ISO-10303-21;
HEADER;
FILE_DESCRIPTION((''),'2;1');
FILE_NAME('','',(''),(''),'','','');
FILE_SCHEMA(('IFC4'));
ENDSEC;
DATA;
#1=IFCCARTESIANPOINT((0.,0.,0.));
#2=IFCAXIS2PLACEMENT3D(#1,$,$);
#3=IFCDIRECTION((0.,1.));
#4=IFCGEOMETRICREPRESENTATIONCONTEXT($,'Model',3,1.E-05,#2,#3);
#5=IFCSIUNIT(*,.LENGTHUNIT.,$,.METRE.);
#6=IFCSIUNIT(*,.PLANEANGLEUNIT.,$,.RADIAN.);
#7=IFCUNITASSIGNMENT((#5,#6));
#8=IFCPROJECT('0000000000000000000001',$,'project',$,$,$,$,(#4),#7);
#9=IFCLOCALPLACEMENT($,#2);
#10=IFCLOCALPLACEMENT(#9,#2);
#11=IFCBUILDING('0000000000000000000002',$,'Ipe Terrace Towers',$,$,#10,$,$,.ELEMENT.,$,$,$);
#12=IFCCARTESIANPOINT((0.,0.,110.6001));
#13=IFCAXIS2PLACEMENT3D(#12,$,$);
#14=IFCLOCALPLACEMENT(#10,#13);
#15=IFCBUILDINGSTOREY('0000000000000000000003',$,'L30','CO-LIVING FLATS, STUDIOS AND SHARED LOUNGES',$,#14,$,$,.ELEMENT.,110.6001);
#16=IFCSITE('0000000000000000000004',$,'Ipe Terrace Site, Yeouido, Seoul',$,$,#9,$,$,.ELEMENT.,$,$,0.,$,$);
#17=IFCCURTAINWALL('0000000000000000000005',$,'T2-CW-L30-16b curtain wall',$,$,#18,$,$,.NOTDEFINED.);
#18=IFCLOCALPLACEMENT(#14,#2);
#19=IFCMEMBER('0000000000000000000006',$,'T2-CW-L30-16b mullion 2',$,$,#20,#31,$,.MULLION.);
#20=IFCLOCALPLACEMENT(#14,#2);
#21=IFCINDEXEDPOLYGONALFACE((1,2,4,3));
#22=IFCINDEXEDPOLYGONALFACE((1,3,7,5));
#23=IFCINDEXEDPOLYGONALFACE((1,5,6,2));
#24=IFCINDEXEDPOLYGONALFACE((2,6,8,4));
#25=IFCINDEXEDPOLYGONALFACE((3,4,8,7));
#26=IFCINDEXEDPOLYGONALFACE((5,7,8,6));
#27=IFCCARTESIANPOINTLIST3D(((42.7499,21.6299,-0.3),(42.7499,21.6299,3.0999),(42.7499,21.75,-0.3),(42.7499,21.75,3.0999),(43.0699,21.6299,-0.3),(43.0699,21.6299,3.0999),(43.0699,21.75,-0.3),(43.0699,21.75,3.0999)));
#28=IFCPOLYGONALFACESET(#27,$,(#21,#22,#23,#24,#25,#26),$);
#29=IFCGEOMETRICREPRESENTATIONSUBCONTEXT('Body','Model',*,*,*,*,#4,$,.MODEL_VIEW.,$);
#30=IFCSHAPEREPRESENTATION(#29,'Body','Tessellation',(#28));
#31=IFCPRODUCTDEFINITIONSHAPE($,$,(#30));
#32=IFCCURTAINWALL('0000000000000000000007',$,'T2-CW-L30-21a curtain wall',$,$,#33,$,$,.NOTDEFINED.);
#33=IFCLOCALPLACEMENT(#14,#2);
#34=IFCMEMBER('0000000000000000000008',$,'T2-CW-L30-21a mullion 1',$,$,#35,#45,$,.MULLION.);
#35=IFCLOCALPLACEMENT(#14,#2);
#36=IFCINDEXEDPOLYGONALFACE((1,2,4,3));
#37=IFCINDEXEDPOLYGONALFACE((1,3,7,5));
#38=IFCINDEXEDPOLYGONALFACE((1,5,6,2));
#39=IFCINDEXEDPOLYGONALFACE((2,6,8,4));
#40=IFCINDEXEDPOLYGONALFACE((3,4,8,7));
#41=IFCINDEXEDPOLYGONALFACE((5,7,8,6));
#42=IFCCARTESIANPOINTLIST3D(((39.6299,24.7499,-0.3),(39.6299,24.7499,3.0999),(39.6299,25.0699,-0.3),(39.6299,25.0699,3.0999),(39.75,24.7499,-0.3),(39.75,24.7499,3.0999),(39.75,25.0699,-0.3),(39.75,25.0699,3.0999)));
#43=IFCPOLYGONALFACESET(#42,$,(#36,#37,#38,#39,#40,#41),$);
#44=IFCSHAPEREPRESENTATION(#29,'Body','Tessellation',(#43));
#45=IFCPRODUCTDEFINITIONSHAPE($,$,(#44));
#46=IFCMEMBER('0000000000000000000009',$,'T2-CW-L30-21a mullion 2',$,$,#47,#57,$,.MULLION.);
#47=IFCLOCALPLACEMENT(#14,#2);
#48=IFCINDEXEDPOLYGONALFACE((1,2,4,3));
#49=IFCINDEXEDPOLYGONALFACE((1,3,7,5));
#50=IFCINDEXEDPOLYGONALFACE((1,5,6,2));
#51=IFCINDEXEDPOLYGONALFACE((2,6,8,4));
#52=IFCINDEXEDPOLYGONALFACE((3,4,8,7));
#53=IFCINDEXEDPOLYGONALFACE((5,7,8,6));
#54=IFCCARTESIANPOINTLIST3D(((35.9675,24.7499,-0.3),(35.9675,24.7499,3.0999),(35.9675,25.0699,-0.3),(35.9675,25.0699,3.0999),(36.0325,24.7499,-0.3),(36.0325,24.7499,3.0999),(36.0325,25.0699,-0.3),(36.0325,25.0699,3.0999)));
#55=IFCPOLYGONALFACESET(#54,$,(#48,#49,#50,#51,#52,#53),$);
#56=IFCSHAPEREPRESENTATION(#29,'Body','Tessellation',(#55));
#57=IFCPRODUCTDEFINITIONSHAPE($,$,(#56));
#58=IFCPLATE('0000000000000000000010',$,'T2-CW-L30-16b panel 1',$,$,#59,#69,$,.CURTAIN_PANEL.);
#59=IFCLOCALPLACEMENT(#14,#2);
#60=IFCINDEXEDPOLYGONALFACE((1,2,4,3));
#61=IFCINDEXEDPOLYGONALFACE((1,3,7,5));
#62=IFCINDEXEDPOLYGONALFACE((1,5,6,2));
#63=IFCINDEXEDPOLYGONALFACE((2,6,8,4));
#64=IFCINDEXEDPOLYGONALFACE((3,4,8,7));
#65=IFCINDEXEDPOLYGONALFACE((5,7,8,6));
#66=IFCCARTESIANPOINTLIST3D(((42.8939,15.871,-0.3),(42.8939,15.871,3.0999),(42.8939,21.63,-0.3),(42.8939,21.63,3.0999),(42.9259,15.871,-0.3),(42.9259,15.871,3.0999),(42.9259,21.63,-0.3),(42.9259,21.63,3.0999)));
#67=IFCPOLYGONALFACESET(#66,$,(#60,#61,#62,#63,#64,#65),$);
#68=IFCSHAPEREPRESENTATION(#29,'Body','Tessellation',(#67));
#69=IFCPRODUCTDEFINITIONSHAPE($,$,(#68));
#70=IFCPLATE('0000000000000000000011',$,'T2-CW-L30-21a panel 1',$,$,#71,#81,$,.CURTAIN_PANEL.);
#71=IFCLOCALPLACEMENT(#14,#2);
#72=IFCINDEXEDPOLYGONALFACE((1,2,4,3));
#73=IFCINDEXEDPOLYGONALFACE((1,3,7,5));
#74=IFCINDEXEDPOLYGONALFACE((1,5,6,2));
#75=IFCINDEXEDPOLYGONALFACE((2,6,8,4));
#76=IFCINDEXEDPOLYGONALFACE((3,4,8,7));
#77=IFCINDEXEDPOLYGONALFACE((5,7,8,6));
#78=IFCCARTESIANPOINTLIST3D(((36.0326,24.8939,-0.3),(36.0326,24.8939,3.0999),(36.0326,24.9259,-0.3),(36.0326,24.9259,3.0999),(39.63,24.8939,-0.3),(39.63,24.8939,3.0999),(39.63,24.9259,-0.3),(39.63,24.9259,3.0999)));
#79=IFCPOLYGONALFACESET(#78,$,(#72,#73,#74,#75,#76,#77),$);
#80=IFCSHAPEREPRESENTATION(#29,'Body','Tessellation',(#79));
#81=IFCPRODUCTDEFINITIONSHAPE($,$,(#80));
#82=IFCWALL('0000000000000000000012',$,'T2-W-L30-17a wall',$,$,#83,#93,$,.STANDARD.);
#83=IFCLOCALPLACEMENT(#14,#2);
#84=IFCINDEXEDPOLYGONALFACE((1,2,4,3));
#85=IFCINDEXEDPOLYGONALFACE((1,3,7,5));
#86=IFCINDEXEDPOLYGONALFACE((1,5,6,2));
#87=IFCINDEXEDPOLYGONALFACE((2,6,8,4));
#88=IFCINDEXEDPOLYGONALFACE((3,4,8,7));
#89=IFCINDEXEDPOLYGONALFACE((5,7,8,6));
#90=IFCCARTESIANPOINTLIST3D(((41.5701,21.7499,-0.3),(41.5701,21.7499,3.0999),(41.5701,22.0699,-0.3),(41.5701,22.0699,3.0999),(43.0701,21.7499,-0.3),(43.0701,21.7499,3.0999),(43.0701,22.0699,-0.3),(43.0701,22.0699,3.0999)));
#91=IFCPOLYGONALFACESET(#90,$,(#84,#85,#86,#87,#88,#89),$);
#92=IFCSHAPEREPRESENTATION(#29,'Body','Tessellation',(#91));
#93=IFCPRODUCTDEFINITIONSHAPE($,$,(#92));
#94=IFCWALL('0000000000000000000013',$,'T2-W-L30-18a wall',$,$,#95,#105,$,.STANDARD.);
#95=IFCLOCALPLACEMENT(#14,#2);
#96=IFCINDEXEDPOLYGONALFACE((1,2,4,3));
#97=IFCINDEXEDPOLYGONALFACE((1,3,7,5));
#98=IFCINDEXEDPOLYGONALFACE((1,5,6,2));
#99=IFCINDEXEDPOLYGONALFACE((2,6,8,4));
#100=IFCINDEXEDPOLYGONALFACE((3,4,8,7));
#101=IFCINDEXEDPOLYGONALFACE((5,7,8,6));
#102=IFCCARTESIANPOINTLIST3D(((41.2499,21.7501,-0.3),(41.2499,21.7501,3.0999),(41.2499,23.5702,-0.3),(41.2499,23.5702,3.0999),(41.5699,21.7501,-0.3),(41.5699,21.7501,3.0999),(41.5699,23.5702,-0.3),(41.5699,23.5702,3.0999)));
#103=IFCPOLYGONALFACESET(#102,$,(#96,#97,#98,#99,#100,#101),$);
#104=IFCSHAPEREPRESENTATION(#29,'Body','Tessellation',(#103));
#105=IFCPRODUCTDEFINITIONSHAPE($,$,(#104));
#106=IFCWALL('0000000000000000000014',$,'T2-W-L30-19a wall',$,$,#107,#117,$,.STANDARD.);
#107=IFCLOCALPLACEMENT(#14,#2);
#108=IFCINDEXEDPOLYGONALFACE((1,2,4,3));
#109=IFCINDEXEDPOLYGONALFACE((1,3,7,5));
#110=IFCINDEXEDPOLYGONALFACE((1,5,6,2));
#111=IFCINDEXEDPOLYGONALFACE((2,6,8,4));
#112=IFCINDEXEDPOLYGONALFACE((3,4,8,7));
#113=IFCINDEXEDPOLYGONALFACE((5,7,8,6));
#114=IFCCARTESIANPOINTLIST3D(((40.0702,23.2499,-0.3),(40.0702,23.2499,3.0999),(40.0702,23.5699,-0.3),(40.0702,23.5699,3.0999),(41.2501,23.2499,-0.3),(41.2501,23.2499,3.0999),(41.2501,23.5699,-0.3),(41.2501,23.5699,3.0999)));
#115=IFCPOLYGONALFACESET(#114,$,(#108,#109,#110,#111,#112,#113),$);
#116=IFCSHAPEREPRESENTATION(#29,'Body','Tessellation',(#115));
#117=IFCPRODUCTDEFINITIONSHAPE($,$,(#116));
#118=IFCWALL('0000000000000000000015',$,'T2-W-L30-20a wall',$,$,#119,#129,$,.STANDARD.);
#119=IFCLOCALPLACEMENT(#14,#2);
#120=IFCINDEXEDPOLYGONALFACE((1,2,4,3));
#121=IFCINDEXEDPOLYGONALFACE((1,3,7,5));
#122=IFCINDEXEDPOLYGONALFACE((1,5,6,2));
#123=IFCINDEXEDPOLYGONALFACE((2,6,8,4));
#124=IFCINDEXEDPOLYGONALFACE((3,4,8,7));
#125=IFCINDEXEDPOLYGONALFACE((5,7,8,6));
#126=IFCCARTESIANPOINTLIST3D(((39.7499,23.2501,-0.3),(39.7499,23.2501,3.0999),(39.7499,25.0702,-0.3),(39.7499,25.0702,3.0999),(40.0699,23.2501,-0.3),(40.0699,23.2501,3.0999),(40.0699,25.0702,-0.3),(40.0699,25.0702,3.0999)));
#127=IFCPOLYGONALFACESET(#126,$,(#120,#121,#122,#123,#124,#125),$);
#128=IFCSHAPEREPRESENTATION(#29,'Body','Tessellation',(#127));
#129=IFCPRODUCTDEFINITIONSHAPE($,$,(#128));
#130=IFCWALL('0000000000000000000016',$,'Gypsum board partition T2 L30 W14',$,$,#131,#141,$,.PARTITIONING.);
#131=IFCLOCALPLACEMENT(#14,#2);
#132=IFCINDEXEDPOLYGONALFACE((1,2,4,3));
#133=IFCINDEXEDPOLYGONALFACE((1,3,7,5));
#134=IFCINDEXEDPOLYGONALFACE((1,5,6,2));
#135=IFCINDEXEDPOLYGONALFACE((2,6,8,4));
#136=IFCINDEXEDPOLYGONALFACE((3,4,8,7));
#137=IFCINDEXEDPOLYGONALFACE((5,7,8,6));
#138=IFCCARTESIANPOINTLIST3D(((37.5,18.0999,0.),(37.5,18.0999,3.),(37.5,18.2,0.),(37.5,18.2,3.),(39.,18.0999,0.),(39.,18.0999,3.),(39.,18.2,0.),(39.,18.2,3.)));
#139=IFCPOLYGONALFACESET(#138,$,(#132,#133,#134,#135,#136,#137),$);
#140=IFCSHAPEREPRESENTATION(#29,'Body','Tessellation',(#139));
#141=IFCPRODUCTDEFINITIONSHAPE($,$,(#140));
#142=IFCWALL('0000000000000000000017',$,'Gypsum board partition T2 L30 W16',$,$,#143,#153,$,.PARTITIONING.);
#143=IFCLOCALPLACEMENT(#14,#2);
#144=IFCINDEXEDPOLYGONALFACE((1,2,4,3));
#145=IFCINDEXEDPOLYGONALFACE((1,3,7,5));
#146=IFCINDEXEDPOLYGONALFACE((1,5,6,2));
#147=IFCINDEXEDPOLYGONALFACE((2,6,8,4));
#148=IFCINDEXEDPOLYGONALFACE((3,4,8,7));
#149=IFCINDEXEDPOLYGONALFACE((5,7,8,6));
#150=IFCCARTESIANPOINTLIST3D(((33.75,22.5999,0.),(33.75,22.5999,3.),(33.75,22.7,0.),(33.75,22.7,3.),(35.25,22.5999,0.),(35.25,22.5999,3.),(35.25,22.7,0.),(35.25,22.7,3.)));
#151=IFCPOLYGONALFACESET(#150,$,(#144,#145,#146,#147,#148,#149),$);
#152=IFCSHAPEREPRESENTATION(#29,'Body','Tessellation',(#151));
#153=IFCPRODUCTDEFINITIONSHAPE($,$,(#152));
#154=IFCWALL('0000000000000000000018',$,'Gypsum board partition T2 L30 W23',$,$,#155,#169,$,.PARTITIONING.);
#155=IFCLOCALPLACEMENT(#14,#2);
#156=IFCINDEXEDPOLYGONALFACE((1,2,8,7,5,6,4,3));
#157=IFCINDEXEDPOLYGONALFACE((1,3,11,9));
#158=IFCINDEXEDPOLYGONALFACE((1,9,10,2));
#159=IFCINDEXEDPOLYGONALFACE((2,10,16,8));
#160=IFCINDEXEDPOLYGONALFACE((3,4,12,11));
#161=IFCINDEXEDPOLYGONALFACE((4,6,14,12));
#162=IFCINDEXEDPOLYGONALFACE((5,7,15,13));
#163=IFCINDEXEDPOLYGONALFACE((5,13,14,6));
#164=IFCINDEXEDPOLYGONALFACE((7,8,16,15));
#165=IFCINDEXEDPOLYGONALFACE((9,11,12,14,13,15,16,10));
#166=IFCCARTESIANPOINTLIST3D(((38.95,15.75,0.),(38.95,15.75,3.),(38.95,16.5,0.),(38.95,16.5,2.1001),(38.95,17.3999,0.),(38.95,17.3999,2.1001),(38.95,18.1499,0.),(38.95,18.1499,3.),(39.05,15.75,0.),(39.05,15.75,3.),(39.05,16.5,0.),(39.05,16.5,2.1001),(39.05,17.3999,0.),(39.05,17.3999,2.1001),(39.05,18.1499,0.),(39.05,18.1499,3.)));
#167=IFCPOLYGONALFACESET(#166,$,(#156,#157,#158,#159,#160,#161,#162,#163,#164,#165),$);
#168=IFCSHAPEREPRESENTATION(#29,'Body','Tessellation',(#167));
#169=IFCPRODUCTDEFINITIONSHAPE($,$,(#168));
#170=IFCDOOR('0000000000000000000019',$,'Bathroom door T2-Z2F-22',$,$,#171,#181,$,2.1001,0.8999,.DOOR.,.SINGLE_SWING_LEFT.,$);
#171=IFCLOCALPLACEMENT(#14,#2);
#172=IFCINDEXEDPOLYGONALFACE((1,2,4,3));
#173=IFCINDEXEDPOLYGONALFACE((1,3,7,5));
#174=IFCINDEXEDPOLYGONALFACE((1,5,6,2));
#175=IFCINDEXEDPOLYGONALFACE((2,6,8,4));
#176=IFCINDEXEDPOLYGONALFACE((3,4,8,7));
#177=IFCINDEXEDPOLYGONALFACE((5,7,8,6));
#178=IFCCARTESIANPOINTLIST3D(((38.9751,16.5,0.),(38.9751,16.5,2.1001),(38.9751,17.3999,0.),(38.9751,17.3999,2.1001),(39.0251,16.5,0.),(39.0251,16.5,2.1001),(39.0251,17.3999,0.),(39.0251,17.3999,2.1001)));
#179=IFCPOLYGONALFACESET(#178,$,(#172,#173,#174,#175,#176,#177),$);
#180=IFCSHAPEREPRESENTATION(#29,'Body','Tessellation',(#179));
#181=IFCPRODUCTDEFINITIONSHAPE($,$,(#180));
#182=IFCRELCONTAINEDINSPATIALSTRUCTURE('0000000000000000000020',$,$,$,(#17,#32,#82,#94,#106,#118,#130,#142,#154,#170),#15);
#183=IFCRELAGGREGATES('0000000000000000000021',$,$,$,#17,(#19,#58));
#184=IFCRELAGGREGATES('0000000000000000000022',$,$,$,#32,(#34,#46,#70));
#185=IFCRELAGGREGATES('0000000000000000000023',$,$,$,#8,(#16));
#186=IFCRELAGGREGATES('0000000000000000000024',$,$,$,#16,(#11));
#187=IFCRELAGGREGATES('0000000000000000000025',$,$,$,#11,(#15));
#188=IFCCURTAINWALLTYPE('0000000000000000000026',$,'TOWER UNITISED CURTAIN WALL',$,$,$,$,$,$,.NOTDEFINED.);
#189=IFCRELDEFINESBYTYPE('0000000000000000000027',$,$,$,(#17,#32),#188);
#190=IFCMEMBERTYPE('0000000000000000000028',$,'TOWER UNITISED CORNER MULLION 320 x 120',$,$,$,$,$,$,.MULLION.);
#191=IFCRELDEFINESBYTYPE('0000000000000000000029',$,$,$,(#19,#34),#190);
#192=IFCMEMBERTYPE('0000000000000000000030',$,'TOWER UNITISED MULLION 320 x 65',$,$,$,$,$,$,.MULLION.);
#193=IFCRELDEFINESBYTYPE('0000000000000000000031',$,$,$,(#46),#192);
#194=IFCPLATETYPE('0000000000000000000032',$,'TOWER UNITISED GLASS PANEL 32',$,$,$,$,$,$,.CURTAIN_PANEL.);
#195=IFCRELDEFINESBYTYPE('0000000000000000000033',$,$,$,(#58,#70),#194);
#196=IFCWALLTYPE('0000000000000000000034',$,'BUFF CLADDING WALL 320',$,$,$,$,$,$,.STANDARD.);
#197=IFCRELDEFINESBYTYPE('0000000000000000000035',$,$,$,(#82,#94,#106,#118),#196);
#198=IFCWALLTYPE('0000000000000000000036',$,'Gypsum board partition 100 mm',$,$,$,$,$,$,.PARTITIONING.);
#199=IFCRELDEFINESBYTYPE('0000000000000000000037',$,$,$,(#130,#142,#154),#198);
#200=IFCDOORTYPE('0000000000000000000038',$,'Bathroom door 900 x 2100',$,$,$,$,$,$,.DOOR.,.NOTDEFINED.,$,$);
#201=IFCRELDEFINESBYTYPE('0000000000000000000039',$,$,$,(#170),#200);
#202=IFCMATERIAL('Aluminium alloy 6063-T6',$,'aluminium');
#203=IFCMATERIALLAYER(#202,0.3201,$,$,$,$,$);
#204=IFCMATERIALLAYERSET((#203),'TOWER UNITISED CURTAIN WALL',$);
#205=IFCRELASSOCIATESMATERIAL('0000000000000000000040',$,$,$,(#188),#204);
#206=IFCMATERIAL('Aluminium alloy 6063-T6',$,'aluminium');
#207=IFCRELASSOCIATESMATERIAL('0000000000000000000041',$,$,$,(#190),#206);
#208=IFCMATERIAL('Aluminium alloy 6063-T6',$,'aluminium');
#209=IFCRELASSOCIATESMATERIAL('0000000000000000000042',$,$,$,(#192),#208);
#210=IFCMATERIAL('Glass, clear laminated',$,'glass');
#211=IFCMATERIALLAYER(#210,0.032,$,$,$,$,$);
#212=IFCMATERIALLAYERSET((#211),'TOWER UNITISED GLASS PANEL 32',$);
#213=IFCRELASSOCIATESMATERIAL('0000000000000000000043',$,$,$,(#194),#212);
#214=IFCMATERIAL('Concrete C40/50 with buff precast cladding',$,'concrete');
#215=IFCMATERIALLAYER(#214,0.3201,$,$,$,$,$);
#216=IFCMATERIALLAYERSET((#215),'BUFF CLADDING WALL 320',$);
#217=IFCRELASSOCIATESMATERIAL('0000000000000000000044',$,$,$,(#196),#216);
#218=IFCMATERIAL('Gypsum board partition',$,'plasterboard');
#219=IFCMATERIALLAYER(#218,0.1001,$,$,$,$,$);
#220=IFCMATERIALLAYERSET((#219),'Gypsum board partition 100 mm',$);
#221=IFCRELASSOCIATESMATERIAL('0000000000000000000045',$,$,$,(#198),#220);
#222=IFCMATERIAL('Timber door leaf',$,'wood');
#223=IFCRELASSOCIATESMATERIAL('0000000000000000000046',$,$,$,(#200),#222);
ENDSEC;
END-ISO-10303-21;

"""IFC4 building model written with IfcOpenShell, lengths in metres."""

from ifc_helpers import new_model, si_unit, direction, frame, frame_2d, origin, origin_2d, place, context, subcontext, project, spatial, rectangle, extrude, material, layer, layer_set, material_profile, profile_set, type_object, element, fill, aggregate, save


model = new_model("IFC4")

# Units and contexts
model_context = context("Model", 3, precision=1e-05, world=origin(), true_north=direction((0.0, 1.0)))
body_context = subcontext(model_context, "Body", "Model", "MODEL_VIEW")
ifc_project = project(units=[si_unit("LENGTHUNIT", "METRE"), si_unit("PLANEANGLEUNIT", "RADIAN")], contexts=[model_context])

# Site, building, storey
site_placement = place(None, origin())
site = spatial("IfcSite", under=ifc_project, at=site_placement, Name="Ipe Terrace Site, Yeouido, Seoul", CompositionType="ELEMENT", RefElevation=0.0)
building_placement = place(site_placement, origin())
building = spatial("IfcBuilding", under=site, at=building_placement, Name="Ipe Terrace Towers", CompositionType="ELEMENT")
storey_placement = place(building_placement, frame((0.0, 0.0, 110.6001)))
storey = spatial("IfcBuildingStorey", under=building, at=storey_placement, Name="L30", Description="CO-LIVING FLATS, STUDIOS AND SHARED LOUNGES", CompositionType="ELEMENT", Elevation=110.6001)

# Curtain walls, members
ifc_material_1 = material(Name="Aluminium alloy 6063-T6", Category="aluminium")
ifc_layer_1 = layer(ifc_material_1, 0.3201)
ifc_layer_set_1 = layer_set([ifc_layer_1], Name="TOWER UNITISED CURTAIN WALL")
curtain_wall_type = type_object("IfcCurtainWallType", Name="TOWER UNITISED CURTAIN WALL", PredefinedType="NOTDEFINED", material=ifc_layer_set_1)
curtain_wall_1_placement = place(storey_placement, origin())
curtain_wall_1 = element("IfcCurtainWall", 1, at=curtain_wall_1_placement, inside=storey, type_object=curtain_wall_type, Name="T2-CW-L30-16b curtain wall", PredefinedType="NOTDEFINED")
ifc_material_2 = material(Name="Aluminium alloy 6063-T6", Category="aluminium")
ifc_material_profile_1 = material_profile(ifc_material_2, rectangle(XDim=0.3201, YDim=0.1201, at=origin_2d()), Name="TOWER UNITISED CORNER MULLION 320 x 120")
ifc_profile_set_1 = profile_set([ifc_material_profile_1], Name="Aluminium alloy 6063-T6")
member_type_1 = type_object("IfcMemberType", Name="TOWER UNITISED CORNER MULLION 320 x 120", PredefinedType="MULLION", material=ifc_profile_set_1)
member_1_placement = place(storey_placement, frame((42.9099, 21.6899, -0.3), z_axis=(0.0, 0.0, 1.0), x_axis=(1.0, 0.0, 0.0)))
member_1 = element("IfcMember", 2, at=member_1_placement, type_object=member_type_1, Name="T2-CW-L30-16b mullion 2", PredefinedType="MULLION", context=body_context, shape_type="SweptSolid", body=[
    extrude(rectangle(XDim=0.3201, YDim=0.1201, at=origin_2d()), origin(), (0.0, 0.0, 1.0), 3.3999),
])
curtain_wall_2_placement = place(storey_placement, origin())
curtain_wall_2 = element("IfcCurtainWall", 3, at=curtain_wall_2_placement, inside=storey, type_object=curtain_wall_type, Name="T2-CW-L30-21a curtain wall", PredefinedType="NOTDEFINED")
member_2_placement = place(storey_placement, frame((39.6899, 24.9099, -0.3), z_axis=(0.0, 0.0, 1.0), x_axis=(0.0, 1.0, 0.0)))
member_2 = element("IfcMember", 4, at=member_2_placement, type_object=member_type_1, Name="T2-CW-L30-21a mullion 1", PredefinedType="MULLION", context=body_context, shape_type="SweptSolid", body=[
    extrude(rectangle(XDim=0.3201, YDim=0.1201, at=origin_2d()), origin(), (0.0, 0.0, 1.0), 3.3999),
])
ifc_material_3 = material(Name="Aluminium alloy 6063-T6", Category="aluminium")
ifc_material_profile_2 = material_profile(ifc_material_3, rectangle(XDim=0.3201, YDim=0.0649, at=origin_2d()), Name="TOWER UNITISED MULLION 320 x 65")
ifc_profile_set_2 = profile_set([ifc_material_profile_2], Name="Aluminium alloy 6063-T6")
member_type_2 = type_object("IfcMemberType", Name="TOWER UNITISED MULLION 320 x 65", PredefinedType="MULLION", material=ifc_profile_set_2)
member_3_placement = place(storey_placement, frame((36.0, 24.9099, -0.3), z_axis=(0.0, 0.0, 1.0), x_axis=(0.0, 1.0, 0.0)))
member_3 = element("IfcMember", 5, at=member_3_placement, type_object=member_type_2, Name="T2-CW-L30-21a mullion 2", PredefinedType="MULLION", context=body_context, shape_type="SweptSolid", body=[
    extrude(rectangle(XDim=0.3201, YDim=0.0649, at=origin_2d()), origin(), (0.0, 0.0, 1.0), 3.3999),
])

# Plates
ifc_material_4 = material(Name="Glass, clear laminated", Category="glass")
ifc_layer_2 = layer(ifc_material_4, 0.032)
ifc_layer_set_2 = layer_set([ifc_layer_2], Name="TOWER UNITISED GLASS PANEL 32")
plate_type = type_object("IfcPlateType", Name="TOWER UNITISED GLASS PANEL 32", PredefinedType="CURTAIN_PANEL", material=ifc_layer_set_2)
plate_1_placement = place(storey_placement, frame((42.9099, 18.7505, -0.3), z_axis=(0.0, 0.0, 1.0), x_axis=(0.0, 1.0, 0.0)))
plate_1 = element("IfcPlate", 6, at=plate_1_placement, type_object=plate_type, Name="T2-CW-L30-16b panel 1", PredefinedType="CURTAIN_PANEL", context=body_context, shape_type="SweptSolid", body=[
    extrude(rectangle(XDim=5.759, YDim=0.032, at=origin_2d()), origin(), (0.0, 0.0, 1.0), 3.3999),
])
aggregate(curtain_wall_1, [member_1, plate_1])
plate_2_placement = place(storey_placement, frame((37.8313, 24.9099, -0.3), z_axis=(0.0, 0.0, 1.0), x_axis=(-1.0, 0.0, 0.0)))
plate_2 = element("IfcPlate", 7, at=plate_2_placement, type_object=plate_type, Name="T2-CW-L30-21a panel 1", PredefinedType="CURTAIN_PANEL", context=body_context, shape_type="SweptSolid", body=[
    extrude(rectangle(XDim=3.5974, YDim=0.032, at=origin_2d()), origin(), (0.0, 0.0, 1.0), 3.3999),
])
aggregate(curtain_wall_2, [member_2, member_3, plate_2])

# Walls
ifc_material_5 = material(Name="Concrete C40/50 with buff precast cladding", Category="concrete")
ifc_layer_3 = layer(ifc_material_5, 0.3201)
ifc_layer_set_3 = layer_set([ifc_layer_3], Name="BUFF CLADDING WALL 320")
wall_type_1 = type_object("IfcWallType", Name="BUFF CLADDING WALL 320", PredefinedType="STANDARD", material=ifc_layer_set_3)
wall_1_placement = place(storey_placement, frame((43.0701, 21.9099, -0.3), z_axis=(0.0, 0.0, 1.0), x_axis=(-1.0, 0.0, 0.0)))
element("IfcWall", 8, at=wall_1_placement, inside=storey, type_object=wall_type_1, Name="T2-W-L30-17a wall", PredefinedType="STANDARD", context=body_context, shape_type="SweptSolid", body=[
    extrude(rectangle(XDim=1.5, YDim=0.3201, at=frame_2d((0.75, 0.0))), origin(), (0.0, 0.0, 1.0), 3.3999),
])
wall_2_placement = place(storey_placement, frame((41.4099, 21.75, -0.3), z_axis=(0.0, 0.0, 1.0), x_axis=(0.0, 1.0, 0.0)))
element("IfcWall", 9, at=wall_2_placement, inside=storey, type_object=wall_type_1, Name="T2-W-L30-18a wall", PredefinedType="STANDARD", context=body_context, shape_type="SweptSolid", body=[
    extrude(rectangle(XDim=1.8201, YDim=0.3201, at=frame_2d((0.9102, 0.0))), origin(), (0.0, 0.0, 1.0), 3.3999),
])
wall_3_placement = place(storey_placement, frame((41.25, 23.4099, -0.3), z_axis=(0.0, 0.0, 1.0), x_axis=(-1.0, 0.0, 0.0)))
element("IfcWall", 10, at=wall_3_placement, inside=storey, type_object=wall_type_1, Name="T2-W-L30-19a wall", PredefinedType="STANDARD", context=body_context, shape_type="SweptSolid", body=[
    extrude(rectangle(XDim=1.1799, YDim=0.3201, at=frame_2d((0.5898, 0.0))), origin(), (0.0, 0.0, 1.0), 3.3999),
])
wall_4_placement = place(storey_placement, frame((39.9099, 23.25, -0.3), z_axis=(0.0, 0.0, 1.0), x_axis=(0.0, 1.0, 0.0)))
element("IfcWall", 11, at=wall_4_placement, inside=storey, type_object=wall_type_1, Name="T2-W-L30-20a wall", PredefinedType="STANDARD", context=body_context, shape_type="SweptSolid", body=[
    extrude(rectangle(XDim=1.8201, YDim=0.3201, at=frame_2d((0.9102, 0.0))), origin(), (0.0, 0.0, 1.0), 3.3999),
])
ifc_material_6 = material(Name="Gypsum board partition", Category="plasterboard")
ifc_layer_4 = layer(ifc_material_6, 0.1001)
ifc_layer_set_4 = layer_set([ifc_layer_4], Name="Gypsum board partition 100 mm")
wall_type_2 = type_object("IfcWallType", Name="Gypsum board partition 100 mm", PredefinedType="PARTITIONING", material=ifc_layer_set_4)
for number, where, z_axis, x_axis, name in (
    (12, (39.0, 18.1499, 0.0), (0.0, 0.0, 1.0), (-1.0, 0.0, 0.0), "Gypsum board partition T2 L30 W14"),
    (13, (35.25, 22.6499, 0.0), (0.0, 0.0, 1.0), (-1.0, 0.0, 0.0), "Gypsum board partition T2 L30 W16"),
):
    element("IfcWall", number, at=place(storey_placement, frame(where, z_axis=z_axis, x_axis=x_axis)), inside=storey, type_object=wall_type_2, Name=name, PredefinedType="PARTITIONING", context=body_context, shape_type="SweptSolid", body=[
        extrude(rectangle(XDim=1.5, YDim=0.1001, at=frame_2d((0.75, 0.0))), origin(), (0.0, 0.0, 1.0), 3.0),
    ])

# Wall, opening, door
wall_5_placement = place(storey_placement, frame((39.0, 15.75, 0.0), z_axis=(0.0, 0.0, 1.0), x_axis=(0.0, 1.0, 0.0)))
wall_5 = element("IfcWall", 14, at=wall_5_placement, inside=storey, type_object=wall_type_2, Name="Gypsum board partition T2 L30 W23", PredefinedType="PARTITIONING", context=body_context, shape_type="SweptSolid", body=[
    extrude(rectangle(XDim=2.3999, YDim=0.1001, at=frame_2d((1.2, 0.0))), origin(), (0.0, 0.0, 1.0), 3.0),
])
opening_1_placement = place(wall_5_placement, frame((0.75, 0.0, 0.0)))
opening_1 = element("IfcOpeningElement", 15, at=opening_1_placement, cuts=wall_5, PredefinedType="OPENING", context=body_context, shape_type="SweptSolid", body=[
    extrude(rectangle(XDim=0.8999, YDim=2.1001, at=frame_2d((0.45, 1.05))), frame((0.0, 0.0601, 0.0), z_axis=(0.0, -1.0, 0.0), x_axis=(1.0, 0.0, 0.0)), (0.0, 0.0, 1.0), 0.1201),
])
ifc_material_7 = material(Name="Timber door leaf", Category="wood")
door_type_1 = type_object("IfcDoorType", Name="Bathroom door 900 x 2100", OperationType="NOTDEFINED", PredefinedType="DOOR", material=ifc_material_7)
door_1_placement = place(opening_1_placement, origin())
door_1 = element("IfcDoor", 16, at=door_1_placement, inside=storey, type_object=door_type_1, Name="Bathroom door T2-Z2F-22", OperationType="SINGLE_SWING_LEFT", OverallHeight=2.1001, OverallWidth=0.8999, PredefinedType="DOOR", context=body_context, shape_type="SweptSolid", body=[
    extrude(rectangle(XDim=0.8999, YDim=2.1001, at=frame_2d((0.45, 1.05))), frame((0.0, 0.0249, 0.0), z_axis=(0.0, -1.0, 0.0), x_axis=(1.0, 0.0, 0.0)), (0.0, 0.0, 1.0), 0.05),
])
fill(opening_1, door_1)

save(model, "model.ifc")
